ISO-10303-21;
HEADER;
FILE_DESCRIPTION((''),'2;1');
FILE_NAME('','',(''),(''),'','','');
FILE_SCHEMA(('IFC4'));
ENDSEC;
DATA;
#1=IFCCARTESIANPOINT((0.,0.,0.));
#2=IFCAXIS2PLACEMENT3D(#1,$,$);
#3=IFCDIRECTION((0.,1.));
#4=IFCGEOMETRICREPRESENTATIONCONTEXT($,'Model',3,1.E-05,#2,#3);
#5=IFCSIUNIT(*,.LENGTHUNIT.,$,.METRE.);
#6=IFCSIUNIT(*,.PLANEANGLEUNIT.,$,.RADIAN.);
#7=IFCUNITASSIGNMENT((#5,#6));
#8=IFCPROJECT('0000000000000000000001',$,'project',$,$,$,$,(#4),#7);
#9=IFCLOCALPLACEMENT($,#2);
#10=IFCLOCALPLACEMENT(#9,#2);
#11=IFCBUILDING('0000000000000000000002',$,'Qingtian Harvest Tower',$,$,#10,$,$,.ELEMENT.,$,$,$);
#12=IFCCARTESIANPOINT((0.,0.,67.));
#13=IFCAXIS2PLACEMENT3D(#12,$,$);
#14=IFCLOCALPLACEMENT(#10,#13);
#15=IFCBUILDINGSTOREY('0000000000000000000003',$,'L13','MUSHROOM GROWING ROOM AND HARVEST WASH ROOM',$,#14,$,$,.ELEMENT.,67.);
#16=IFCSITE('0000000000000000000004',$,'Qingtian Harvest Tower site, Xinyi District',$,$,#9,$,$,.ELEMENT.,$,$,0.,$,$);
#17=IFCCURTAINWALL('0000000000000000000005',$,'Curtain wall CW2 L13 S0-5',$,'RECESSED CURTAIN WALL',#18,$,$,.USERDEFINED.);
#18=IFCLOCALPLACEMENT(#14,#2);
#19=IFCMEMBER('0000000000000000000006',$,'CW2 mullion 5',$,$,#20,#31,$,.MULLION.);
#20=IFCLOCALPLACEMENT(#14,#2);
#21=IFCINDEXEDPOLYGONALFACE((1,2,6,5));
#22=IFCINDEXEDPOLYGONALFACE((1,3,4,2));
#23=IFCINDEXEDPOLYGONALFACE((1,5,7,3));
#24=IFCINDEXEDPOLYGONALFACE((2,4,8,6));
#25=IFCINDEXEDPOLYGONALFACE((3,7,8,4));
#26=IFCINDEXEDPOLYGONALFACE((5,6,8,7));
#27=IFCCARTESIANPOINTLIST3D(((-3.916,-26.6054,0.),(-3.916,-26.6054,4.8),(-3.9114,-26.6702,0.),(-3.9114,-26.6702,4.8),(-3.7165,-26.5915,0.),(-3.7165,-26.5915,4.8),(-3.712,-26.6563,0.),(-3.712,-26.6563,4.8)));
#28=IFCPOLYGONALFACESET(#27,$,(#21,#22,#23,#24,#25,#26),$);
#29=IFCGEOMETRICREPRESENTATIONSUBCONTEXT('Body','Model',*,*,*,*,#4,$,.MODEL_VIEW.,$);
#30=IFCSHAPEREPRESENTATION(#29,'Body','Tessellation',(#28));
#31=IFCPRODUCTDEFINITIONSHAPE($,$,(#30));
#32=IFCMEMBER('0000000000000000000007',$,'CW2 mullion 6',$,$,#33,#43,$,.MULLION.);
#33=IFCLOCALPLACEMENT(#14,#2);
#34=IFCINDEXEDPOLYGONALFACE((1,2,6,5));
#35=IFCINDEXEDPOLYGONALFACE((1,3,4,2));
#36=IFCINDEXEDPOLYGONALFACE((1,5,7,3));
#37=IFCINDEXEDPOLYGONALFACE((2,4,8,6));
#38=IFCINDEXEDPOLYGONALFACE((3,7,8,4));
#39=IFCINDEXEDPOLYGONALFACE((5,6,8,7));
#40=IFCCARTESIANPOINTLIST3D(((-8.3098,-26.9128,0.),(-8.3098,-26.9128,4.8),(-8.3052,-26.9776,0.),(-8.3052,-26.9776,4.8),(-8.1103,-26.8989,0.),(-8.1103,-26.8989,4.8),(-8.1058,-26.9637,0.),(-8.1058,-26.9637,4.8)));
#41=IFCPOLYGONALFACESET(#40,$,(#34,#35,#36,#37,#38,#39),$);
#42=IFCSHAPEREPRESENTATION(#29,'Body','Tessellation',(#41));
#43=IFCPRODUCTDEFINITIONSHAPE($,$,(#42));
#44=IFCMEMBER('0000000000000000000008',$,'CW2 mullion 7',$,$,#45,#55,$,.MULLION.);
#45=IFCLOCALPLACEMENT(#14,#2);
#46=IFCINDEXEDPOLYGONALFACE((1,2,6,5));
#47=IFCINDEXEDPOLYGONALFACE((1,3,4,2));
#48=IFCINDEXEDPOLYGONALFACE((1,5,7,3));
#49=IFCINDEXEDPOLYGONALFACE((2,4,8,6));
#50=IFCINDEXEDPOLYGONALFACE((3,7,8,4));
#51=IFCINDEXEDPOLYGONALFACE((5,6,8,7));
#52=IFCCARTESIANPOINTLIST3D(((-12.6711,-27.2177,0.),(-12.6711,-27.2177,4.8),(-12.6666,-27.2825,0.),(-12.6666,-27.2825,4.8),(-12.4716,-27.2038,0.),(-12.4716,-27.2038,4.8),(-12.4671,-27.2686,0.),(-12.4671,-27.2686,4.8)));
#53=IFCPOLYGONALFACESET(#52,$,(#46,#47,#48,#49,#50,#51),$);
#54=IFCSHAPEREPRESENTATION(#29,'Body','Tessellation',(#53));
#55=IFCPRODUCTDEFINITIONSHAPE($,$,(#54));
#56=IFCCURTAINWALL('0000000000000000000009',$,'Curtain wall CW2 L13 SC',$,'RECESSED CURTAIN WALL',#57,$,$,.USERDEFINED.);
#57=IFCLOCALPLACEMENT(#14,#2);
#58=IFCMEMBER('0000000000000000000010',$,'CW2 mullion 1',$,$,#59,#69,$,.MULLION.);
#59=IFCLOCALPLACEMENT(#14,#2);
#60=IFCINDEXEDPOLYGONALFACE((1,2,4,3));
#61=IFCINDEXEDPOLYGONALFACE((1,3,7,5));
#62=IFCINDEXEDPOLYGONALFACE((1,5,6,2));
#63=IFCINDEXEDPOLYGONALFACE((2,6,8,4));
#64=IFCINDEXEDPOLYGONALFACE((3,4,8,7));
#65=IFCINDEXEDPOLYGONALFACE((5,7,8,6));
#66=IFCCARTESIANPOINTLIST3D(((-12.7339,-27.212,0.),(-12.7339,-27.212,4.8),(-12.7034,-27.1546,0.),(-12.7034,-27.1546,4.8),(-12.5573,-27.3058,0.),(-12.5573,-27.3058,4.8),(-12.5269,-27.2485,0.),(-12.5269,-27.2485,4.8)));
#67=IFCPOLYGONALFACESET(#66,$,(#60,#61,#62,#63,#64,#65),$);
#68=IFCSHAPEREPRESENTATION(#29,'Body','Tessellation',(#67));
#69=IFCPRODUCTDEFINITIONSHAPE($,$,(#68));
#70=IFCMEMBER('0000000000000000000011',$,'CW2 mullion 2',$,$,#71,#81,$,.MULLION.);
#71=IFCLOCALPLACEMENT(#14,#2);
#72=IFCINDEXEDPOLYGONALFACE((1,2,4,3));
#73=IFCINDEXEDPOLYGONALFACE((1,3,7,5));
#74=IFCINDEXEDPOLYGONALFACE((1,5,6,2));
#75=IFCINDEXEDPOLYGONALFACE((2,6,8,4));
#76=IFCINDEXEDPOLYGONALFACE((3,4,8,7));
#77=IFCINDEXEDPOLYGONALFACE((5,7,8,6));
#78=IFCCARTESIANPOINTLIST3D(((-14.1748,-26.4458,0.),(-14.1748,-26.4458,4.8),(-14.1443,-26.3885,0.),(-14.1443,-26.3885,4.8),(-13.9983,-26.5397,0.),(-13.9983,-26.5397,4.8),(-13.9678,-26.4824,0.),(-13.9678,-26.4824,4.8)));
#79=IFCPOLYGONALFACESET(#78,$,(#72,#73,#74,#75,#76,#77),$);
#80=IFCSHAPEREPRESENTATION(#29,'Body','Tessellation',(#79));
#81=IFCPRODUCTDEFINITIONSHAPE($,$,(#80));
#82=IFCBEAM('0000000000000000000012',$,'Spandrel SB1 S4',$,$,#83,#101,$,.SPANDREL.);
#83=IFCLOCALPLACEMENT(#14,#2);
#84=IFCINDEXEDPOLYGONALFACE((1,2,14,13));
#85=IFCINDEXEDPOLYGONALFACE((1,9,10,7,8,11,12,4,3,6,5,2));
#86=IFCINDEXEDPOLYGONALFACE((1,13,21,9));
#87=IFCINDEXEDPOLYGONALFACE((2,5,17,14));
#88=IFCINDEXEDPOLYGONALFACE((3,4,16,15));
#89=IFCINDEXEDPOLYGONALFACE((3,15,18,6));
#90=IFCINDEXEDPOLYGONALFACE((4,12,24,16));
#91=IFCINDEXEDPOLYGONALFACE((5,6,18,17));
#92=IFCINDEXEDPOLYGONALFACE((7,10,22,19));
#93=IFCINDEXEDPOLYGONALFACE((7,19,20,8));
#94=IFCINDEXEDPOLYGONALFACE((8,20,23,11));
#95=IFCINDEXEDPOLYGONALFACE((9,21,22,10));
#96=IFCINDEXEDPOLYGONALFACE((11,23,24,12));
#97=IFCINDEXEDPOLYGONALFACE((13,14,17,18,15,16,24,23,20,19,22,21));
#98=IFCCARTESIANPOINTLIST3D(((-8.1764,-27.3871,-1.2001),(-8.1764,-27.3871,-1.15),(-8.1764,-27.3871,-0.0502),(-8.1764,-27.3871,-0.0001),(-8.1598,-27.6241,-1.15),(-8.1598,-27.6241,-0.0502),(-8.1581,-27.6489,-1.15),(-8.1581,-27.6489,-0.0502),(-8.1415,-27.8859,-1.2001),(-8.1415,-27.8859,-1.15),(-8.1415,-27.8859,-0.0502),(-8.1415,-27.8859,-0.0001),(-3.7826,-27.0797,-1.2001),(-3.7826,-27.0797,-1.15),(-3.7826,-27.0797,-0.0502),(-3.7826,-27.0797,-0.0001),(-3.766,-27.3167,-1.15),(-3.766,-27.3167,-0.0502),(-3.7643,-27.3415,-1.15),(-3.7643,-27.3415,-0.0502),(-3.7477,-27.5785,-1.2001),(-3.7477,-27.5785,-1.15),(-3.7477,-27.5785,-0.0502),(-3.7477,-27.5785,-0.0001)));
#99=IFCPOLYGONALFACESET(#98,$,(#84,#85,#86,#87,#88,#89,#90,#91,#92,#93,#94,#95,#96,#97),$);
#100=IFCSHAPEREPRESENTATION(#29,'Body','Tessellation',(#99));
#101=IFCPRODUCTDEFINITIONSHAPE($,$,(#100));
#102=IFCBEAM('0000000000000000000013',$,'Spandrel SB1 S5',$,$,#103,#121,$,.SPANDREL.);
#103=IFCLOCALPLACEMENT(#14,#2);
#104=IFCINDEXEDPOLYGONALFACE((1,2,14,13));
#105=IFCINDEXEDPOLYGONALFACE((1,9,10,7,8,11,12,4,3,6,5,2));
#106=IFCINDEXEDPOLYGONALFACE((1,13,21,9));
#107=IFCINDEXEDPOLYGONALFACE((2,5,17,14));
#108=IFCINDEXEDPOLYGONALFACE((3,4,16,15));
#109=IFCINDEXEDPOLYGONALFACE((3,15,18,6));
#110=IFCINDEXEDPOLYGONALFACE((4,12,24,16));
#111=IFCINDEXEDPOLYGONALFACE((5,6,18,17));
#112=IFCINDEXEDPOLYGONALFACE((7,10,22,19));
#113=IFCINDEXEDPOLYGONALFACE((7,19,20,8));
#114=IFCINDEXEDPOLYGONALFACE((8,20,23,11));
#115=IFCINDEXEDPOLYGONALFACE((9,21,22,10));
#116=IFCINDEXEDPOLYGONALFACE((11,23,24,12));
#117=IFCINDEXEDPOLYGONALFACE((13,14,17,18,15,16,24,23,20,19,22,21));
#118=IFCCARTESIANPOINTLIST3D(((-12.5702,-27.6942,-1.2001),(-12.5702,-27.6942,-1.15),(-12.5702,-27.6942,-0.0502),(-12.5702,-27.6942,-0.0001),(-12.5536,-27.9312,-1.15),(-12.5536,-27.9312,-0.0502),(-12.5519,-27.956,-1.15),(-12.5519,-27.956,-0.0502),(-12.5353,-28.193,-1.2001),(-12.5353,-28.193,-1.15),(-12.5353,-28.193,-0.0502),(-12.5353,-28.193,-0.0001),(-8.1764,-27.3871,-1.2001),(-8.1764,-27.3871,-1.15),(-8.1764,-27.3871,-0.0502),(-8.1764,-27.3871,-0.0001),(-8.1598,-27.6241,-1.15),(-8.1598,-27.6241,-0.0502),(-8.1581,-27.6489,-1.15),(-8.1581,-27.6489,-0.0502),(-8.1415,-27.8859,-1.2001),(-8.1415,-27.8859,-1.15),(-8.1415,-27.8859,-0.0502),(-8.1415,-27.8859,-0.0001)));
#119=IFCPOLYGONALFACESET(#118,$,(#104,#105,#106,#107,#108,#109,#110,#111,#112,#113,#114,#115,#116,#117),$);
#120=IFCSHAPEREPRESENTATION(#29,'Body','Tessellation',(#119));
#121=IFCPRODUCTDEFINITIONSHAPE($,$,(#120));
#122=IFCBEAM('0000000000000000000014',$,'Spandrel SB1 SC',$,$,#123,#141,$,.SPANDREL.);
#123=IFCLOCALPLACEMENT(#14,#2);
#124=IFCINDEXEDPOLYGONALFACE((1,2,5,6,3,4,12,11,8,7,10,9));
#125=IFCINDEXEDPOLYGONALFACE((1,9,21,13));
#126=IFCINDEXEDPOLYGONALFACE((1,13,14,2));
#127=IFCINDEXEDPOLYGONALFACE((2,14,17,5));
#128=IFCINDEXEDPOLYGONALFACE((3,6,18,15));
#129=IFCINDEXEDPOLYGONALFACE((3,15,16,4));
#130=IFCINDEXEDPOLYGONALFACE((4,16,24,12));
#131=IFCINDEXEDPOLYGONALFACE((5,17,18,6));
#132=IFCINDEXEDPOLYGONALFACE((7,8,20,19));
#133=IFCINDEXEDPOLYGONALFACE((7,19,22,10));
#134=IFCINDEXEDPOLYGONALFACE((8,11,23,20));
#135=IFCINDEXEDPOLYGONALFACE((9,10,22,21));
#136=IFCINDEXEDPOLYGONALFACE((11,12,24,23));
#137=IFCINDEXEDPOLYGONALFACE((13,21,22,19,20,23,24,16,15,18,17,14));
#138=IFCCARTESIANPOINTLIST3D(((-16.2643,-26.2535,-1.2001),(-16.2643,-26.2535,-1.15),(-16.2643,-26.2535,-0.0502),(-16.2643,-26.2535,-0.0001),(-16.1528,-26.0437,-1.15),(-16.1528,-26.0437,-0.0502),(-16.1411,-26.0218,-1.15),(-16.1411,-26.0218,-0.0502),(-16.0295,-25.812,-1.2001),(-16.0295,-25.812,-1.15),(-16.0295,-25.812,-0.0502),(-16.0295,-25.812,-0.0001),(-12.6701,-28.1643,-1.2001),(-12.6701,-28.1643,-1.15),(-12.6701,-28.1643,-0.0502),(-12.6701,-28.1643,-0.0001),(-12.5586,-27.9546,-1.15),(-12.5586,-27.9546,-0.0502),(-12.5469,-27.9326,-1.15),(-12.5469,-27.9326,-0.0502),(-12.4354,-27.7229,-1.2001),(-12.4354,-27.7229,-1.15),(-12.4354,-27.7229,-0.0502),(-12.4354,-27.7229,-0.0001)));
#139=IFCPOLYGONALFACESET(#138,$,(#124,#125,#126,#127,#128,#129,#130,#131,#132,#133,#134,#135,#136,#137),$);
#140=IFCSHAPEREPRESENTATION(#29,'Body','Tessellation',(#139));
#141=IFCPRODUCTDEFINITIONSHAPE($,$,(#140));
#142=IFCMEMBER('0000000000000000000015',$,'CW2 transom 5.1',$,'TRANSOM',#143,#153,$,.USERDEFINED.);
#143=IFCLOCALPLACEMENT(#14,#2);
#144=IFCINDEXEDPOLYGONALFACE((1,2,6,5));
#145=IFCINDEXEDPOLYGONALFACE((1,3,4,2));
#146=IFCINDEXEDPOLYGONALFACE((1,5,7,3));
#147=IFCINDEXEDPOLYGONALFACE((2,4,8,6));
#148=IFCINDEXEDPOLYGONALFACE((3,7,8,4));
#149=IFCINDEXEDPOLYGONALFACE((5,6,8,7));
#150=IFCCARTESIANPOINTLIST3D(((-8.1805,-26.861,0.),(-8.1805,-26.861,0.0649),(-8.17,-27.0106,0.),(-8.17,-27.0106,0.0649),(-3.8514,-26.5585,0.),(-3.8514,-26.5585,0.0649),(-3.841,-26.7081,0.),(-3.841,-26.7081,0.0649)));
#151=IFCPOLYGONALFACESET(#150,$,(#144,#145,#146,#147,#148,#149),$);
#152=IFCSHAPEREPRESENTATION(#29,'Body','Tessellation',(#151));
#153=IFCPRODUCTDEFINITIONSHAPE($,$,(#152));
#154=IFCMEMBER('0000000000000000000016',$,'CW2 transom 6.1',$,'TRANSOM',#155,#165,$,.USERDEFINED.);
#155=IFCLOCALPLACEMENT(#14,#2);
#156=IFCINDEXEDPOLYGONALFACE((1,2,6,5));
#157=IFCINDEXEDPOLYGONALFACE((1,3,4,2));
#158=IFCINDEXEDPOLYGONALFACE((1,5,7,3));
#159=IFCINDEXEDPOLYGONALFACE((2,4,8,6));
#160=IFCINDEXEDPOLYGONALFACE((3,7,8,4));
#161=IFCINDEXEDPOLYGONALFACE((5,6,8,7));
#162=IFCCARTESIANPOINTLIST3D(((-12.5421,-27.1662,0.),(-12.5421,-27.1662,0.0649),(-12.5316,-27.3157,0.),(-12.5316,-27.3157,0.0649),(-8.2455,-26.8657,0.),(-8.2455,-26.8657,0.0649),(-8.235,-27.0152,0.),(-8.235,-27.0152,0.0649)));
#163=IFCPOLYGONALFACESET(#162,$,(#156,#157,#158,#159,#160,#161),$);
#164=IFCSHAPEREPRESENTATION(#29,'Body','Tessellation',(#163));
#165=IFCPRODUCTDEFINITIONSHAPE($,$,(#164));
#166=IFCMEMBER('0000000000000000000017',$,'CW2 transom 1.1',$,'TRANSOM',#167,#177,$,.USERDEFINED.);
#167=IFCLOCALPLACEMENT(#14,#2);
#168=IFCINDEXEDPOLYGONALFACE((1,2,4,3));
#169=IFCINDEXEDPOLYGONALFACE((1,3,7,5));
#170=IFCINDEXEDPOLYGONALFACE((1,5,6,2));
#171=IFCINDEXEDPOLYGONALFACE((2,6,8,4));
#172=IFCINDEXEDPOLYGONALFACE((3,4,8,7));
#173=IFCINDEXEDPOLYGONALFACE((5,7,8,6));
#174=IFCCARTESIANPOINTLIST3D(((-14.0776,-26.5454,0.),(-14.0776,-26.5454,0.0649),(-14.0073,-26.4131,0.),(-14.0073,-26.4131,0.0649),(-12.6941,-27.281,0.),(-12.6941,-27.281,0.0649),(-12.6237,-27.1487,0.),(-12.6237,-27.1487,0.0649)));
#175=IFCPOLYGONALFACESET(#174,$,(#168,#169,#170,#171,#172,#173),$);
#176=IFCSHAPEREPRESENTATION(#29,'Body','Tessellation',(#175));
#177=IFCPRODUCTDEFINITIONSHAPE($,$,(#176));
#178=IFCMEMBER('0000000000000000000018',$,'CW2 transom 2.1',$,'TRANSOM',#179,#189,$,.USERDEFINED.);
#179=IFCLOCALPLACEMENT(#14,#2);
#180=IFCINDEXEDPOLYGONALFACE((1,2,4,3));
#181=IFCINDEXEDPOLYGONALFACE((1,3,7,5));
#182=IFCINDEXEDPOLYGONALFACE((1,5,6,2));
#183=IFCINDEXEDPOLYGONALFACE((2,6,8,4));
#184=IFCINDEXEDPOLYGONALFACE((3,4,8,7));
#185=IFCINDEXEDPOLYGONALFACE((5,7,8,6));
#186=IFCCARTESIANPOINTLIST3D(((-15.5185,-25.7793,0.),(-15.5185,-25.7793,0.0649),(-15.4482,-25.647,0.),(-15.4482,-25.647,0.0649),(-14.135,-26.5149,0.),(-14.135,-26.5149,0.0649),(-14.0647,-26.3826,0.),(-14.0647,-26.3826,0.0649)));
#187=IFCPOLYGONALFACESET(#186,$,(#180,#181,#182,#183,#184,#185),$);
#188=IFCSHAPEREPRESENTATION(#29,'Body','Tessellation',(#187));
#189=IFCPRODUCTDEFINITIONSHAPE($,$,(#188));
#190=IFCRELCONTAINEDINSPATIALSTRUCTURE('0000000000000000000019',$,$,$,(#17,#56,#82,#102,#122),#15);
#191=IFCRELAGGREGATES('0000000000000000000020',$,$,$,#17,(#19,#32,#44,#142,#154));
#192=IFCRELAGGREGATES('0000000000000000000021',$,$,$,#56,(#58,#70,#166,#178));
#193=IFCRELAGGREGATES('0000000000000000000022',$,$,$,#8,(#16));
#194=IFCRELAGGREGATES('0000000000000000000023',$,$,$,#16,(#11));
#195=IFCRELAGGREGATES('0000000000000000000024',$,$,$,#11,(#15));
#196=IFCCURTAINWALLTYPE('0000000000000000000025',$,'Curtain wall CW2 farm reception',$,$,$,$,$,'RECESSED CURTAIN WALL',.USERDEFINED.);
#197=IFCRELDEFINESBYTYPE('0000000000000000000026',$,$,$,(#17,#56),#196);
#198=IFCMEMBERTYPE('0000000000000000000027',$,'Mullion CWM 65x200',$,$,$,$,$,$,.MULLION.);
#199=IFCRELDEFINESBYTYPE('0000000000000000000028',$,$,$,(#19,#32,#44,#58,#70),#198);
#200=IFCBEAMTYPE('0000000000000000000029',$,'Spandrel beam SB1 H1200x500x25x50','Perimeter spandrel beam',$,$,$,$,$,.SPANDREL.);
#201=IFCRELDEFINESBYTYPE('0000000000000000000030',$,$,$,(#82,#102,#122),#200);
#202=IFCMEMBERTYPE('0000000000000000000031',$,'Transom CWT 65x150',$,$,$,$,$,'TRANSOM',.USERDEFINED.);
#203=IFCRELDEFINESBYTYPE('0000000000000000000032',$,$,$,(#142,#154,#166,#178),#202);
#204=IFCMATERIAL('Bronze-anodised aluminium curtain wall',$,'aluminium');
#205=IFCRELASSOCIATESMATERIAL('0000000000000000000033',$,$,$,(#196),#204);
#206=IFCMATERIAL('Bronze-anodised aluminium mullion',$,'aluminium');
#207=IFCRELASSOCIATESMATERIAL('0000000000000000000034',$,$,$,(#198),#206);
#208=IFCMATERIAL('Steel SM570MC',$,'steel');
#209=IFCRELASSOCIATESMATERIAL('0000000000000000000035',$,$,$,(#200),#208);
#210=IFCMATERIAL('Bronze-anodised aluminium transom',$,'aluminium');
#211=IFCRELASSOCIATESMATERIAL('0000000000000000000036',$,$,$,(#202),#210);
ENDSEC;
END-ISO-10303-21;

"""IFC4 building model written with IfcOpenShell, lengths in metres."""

from ifc_helpers import new_model, si_unit, direction, frame, origin, origin_2d, place, context, subcontext, project, spatial, rectangle, i_section, extrude, material, material_profile, profile_set, type_object, element, aggregate, save


model = new_model("IFC4")

# Units and contexts
model_context = context("Model", 3, precision=1e-05, world=origin(), true_north=direction((0.0, 1.0)))
body_context = subcontext(model_context, "Body", "Model", "MODEL_VIEW")
ifc_project = project(units=[si_unit("LENGTHUNIT", "METRE"), si_unit("PLANEANGLEUNIT", "RADIAN")], contexts=[model_context])

# Site, building, storey
site_placement = place(None, origin())
site = spatial("IfcSite", under=ifc_project, at=site_placement, Name="Qingtian Harvest Tower site, Xinyi District", CompositionType="ELEMENT", RefElevation=0.0)
building_placement = place(site_placement, origin())
building = spatial("IfcBuilding", under=site, at=building_placement, Name="Qingtian Harvest Tower", CompositionType="ELEMENT")
storey_placement = place(building_placement, frame((0.0, 0.0, 67.0)))
storey = spatial("IfcBuildingStorey", under=building, at=storey_placement, Name="L13", Description="MUSHROOM GROWING ROOM AND HARVEST WASH ROOM", CompositionType="ELEMENT", Elevation=67.0)

# Curtain walls, members
ifc_material_1 = material(Name="Bronze-anodised aluminium curtain wall", Category="aluminium")
curtain_wall_type = type_object("IfcCurtainWallType", Name="Curtain wall CW2 farm reception", ElementType="RECESSED CURTAIN WALL", PredefinedType="USERDEFINED", material=ifc_material_1)
curtain_wall_1_placement = place(storey_placement, origin())
curtain_wall_1 = element("IfcCurtainWall", 1, at=curtain_wall_1_placement, inside=storey, type_object=curtain_wall_type, Name="Curtain wall CW2 L13 S0-5", ObjectType="RECESSED CURTAIN WALL", PredefinedType="USERDEFINED")
ifc_material_2 = material(Name="Bronze-anodised aluminium mullion", Category="aluminium")
ifc_material_profile_1 = material_profile(ifc_material_2, rectangle(XDim=0.0649, YDim=0.2, at=origin_2d()), Name="AL 65x200")
ifc_profile_set_1 = profile_set([ifc_material_profile_1], Name="Bronze-anodised aluminium mullion")
member_type_1 = type_object("IfcMemberType", Name="Mullion CWM 65x200", PredefinedType="MULLION", material=ifc_profile_set_1)
member_1_placement = place(storey_placement, frame((-3.814, -26.6309, 0.0), z_axis=(0.0, 0.0, 1.0), x_axis=(0.069756, -0.997564, 0.0)))
member_1 = element("IfcMember", 2, at=member_1_placement, type_object=member_type_1, Name="CW2 mullion 5", PredefinedType="MULLION", context=body_context, shape_type="SweptSolid", body=[
    extrude(rectangle(XDim=0.0649, YDim=0.2, at=origin_2d()), origin(), (0.0, 0.0, 1.0), 4.8),
])
member_2_placement = place(storey_placement, frame((-8.2078, -26.9382, 0.0), z_axis=(0.0, 0.0, 1.0), x_axis=(0.069756, -0.997564, 0.0)))
member_2 = element("IfcMember", 3, at=member_2_placement, type_object=member_type_1, Name="CW2 mullion 6", PredefinedType="MULLION", context=body_context, shape_type="SweptSolid", body=[
    extrude(rectangle(XDim=0.0649, YDim=0.2, at=origin_2d()), origin(), (0.0, 0.0, 1.0), 4.8),
])
member_3_placement = place(storey_placement, frame((-12.5691, -27.2432, 0.0), z_axis=(0.0, 0.0, 1.0), x_axis=(0.069756, -0.997564, 0.0)))
member_3 = element("IfcMember", 4, at=member_3_placement, type_object=member_type_1, Name="CW2 mullion 7", PredefinedType="MULLION", context=body_context, shape_type="SweptSolid", body=[
    extrude(rectangle(XDim=0.0649, YDim=0.2, at=origin_2d()), origin(), (0.0, 0.0, 1.0), 4.8),
])
curtain_wall_2_placement = place(storey_placement, origin())
curtain_wall_2 = element("IfcCurtainWall", 5, at=curtain_wall_2_placement, inside=storey, type_object=curtain_wall_type, Name="Curtain wall CW2 L13 SC", ObjectType="RECESSED CURTAIN WALL", PredefinedType="USERDEFINED")
member_4_placement = place(storey_placement, frame((-12.6304, -27.2302, 0.0), z_axis=(0.0, 0.0, 1.0), x_axis=(-0.469472, -0.882948, 0.0)))
member_4 = element("IfcMember", 6, at=member_4_placement, type_object=member_type_1, Name="CW2 mullion 1", PredefinedType="MULLION", context=body_context, shape_type="SweptSolid", body=[
    extrude(rectangle(XDim=0.0649, YDim=0.2, at=origin_2d()), origin(), (0.0, 0.0, 1.0), 4.8),
])
member_5_placement = place(storey_placement, frame((-14.0713, -26.4641, 0.0), z_axis=(0.0, 0.0, 1.0), x_axis=(-0.469472, -0.882948, 0.0)))
member_5 = element("IfcMember", 7, at=member_5_placement, type_object=member_type_1, Name="CW2 mullion 2", PredefinedType="MULLION", context=body_context, shape_type="SweptSolid", body=[
    extrude(rectangle(XDim=0.0649, YDim=0.2, at=origin_2d()), origin(), (0.0, 0.0, 1.0), 4.8),
])

# Beams
ifc_material_3 = material(Name="Steel SM570MC", Category="steel")
ifc_material_profile_2 = material_profile(ifc_material_3, i_section(OverallWidth=0.5, OverallDepth=1.2, WebThickness=0.0249, FlangeThickness=0.05, at=origin_2d()), Name="H1200x500x25x50")
ifc_profile_set_2 = profile_set([ifc_material_profile_2], Name="Steel SM570MC")
beam_type_1 = type_object("IfcBeamType", Name="Spandrel beam SB1 H1200x500x25x50", Description="Perimeter spandrel beam", PredefinedType="SPANDREL", material=ifc_profile_set_2)
for number, where, z_axis, x_axis, name in (
    (8, (-3.7651, -27.3291, -0.6001), (-0.997562, -0.069786, 0.0), (0.069786, -0.997562, 0.0), "Spandrel SB1 S4"),
    (9, (-8.1589, -27.6365, -0.6001), (-0.997566, -0.06973, 0.0), (0.06973, -0.997566, 0.0), "Spandrel SB1 S5"),
):
    element("IfcBeam", number, at=place(storey_placement, frame(where, z_axis=z_axis, x_axis=x_axis)), inside=storey, type_object=beam_type_1, Name=name, PredefinedType="SPANDREL", context=body_context, shape_type="SweptSolid", body=[
        extrude(i_section(OverallWidth=0.5, OverallDepth=1.2, WebThickness=0.0249, FlangeThickness=0.05, at=origin_2d()), origin(), (0.0, 0.0, 1.0), 4.4045),
    ])
beam_1_placement = place(storey_placement, frame((-12.5527, -27.9436, -0.6001), z_axis=(-0.882968, 0.469433, 0.0), x_axis=(-0.469433, -0.882968, 0.0)))
element("IfcBeam", 10, at=beam_1_placement, inside=storey, type_object=beam_type_1, Name="Spandrel SB1 SC", PredefinedType="SPANDREL", context=body_context, shape_type="SweptSolid", body=[
    extrude(i_section(OverallWidth=0.5, OverallDepth=1.2, WebThickness=0.0249, FlangeThickness=0.05, at=origin_2d()), origin(), (0.0, 0.0, 1.0), 4.0706),
])

# Members
ifc_material_4 = material(Name="Bronze-anodised aluminium transom", Category="aluminium")
ifc_material_profile_3 = material_profile(ifc_material_4, rectangle(XDim=0.1499, YDim=0.0649, at=origin_2d()), Name="AL 65x150")
ifc_profile_set_3 = profile_set([ifc_material_profile_3], Name="Bronze-anodised aluminium transom")
member_type_2 = type_object("IfcMemberType", Name="Transom CWT 65x150", ElementType="TRANSOM", PredefinedType="USERDEFINED", material=ifc_profile_set_3)
member_6_placement = place(storey_placement, frame((-3.8462, -26.6333, 0.0325), z_axis=(-0.997568, -0.069704, 0.0), x_axis=(0.069704, -0.997568, 0.0)))
member_6 = element("IfcMember", 11, at=member_6_placement, type_object=member_type_2, Name="CW2 transom 5.1", ObjectType="TRANSOM", PredefinedType="USERDEFINED", context=body_context, shape_type="SweptSolid", body=[
    extrude(rectangle(XDim=0.1499, YDim=0.0649, at=origin_2d()), origin(), (0.0, 0.0, 1.0), 4.3396),
])
member_7_placement = place(storey_placement, frame((-8.2402, -26.9404, 0.0325), z_axis=(-0.997563, -0.069777, 0.0), x_axis=(0.069777, -0.997563, 0.0)))
member_7 = element("IfcMember", 12, at=member_7_placement, type_object=member_type_2, Name="CW2 transom 6.1", ObjectType="TRANSOM", PredefinedType="USERDEFINED", context=body_context, shape_type="SweptSolid", body=[
    extrude(rectangle(XDim=0.1499, YDim=0.0649, at=origin_2d()), origin(), (0.0, 0.0, 1.0), 4.3071),
])
member_8_placement = place(storey_placement, frame((-12.6589, -27.2148, 0.0325), z_axis=(-0.88296, 0.469448, 0.0), x_axis=(-0.469448, -0.88296, 0.0)))
member_8 = element("IfcMember", 13, at=member_8_placement, type_object=member_type_2, Name="CW2 transom 1.1", ObjectType="TRANSOM", PredefinedType="USERDEFINED", context=body_context, shape_type="SweptSolid", body=[
    extrude(rectangle(XDim=0.1499, YDim=0.0649, at=origin_2d()), origin(), (0.0, 0.0, 1.0), 1.5669),
])
member_9_placement = place(storey_placement, frame((-14.0999, -26.4487, 0.0325), z_axis=(-0.88296, 0.469448, 0.0), x_axis=(-0.469448, -0.88296, 0.0)))
member_9 = element("IfcMember", 14, at=member_9_placement, type_object=member_type_2, Name="CW2 transom 2.1", ObjectType="TRANSOM", PredefinedType="USERDEFINED", context=body_context, shape_type="SweptSolid", body=[
    extrude(rectangle(XDim=0.1499, YDim=0.0649, at=origin_2d()), origin(), (0.0, 0.0, 1.0), 1.5669),
])

aggregate(curtain_wall_1, [member_1, member_2, member_3, member_6, member_7])
aggregate(curtain_wall_2, [member_4, member_5, member_8, member_9])

save(model, "model.ifc")
